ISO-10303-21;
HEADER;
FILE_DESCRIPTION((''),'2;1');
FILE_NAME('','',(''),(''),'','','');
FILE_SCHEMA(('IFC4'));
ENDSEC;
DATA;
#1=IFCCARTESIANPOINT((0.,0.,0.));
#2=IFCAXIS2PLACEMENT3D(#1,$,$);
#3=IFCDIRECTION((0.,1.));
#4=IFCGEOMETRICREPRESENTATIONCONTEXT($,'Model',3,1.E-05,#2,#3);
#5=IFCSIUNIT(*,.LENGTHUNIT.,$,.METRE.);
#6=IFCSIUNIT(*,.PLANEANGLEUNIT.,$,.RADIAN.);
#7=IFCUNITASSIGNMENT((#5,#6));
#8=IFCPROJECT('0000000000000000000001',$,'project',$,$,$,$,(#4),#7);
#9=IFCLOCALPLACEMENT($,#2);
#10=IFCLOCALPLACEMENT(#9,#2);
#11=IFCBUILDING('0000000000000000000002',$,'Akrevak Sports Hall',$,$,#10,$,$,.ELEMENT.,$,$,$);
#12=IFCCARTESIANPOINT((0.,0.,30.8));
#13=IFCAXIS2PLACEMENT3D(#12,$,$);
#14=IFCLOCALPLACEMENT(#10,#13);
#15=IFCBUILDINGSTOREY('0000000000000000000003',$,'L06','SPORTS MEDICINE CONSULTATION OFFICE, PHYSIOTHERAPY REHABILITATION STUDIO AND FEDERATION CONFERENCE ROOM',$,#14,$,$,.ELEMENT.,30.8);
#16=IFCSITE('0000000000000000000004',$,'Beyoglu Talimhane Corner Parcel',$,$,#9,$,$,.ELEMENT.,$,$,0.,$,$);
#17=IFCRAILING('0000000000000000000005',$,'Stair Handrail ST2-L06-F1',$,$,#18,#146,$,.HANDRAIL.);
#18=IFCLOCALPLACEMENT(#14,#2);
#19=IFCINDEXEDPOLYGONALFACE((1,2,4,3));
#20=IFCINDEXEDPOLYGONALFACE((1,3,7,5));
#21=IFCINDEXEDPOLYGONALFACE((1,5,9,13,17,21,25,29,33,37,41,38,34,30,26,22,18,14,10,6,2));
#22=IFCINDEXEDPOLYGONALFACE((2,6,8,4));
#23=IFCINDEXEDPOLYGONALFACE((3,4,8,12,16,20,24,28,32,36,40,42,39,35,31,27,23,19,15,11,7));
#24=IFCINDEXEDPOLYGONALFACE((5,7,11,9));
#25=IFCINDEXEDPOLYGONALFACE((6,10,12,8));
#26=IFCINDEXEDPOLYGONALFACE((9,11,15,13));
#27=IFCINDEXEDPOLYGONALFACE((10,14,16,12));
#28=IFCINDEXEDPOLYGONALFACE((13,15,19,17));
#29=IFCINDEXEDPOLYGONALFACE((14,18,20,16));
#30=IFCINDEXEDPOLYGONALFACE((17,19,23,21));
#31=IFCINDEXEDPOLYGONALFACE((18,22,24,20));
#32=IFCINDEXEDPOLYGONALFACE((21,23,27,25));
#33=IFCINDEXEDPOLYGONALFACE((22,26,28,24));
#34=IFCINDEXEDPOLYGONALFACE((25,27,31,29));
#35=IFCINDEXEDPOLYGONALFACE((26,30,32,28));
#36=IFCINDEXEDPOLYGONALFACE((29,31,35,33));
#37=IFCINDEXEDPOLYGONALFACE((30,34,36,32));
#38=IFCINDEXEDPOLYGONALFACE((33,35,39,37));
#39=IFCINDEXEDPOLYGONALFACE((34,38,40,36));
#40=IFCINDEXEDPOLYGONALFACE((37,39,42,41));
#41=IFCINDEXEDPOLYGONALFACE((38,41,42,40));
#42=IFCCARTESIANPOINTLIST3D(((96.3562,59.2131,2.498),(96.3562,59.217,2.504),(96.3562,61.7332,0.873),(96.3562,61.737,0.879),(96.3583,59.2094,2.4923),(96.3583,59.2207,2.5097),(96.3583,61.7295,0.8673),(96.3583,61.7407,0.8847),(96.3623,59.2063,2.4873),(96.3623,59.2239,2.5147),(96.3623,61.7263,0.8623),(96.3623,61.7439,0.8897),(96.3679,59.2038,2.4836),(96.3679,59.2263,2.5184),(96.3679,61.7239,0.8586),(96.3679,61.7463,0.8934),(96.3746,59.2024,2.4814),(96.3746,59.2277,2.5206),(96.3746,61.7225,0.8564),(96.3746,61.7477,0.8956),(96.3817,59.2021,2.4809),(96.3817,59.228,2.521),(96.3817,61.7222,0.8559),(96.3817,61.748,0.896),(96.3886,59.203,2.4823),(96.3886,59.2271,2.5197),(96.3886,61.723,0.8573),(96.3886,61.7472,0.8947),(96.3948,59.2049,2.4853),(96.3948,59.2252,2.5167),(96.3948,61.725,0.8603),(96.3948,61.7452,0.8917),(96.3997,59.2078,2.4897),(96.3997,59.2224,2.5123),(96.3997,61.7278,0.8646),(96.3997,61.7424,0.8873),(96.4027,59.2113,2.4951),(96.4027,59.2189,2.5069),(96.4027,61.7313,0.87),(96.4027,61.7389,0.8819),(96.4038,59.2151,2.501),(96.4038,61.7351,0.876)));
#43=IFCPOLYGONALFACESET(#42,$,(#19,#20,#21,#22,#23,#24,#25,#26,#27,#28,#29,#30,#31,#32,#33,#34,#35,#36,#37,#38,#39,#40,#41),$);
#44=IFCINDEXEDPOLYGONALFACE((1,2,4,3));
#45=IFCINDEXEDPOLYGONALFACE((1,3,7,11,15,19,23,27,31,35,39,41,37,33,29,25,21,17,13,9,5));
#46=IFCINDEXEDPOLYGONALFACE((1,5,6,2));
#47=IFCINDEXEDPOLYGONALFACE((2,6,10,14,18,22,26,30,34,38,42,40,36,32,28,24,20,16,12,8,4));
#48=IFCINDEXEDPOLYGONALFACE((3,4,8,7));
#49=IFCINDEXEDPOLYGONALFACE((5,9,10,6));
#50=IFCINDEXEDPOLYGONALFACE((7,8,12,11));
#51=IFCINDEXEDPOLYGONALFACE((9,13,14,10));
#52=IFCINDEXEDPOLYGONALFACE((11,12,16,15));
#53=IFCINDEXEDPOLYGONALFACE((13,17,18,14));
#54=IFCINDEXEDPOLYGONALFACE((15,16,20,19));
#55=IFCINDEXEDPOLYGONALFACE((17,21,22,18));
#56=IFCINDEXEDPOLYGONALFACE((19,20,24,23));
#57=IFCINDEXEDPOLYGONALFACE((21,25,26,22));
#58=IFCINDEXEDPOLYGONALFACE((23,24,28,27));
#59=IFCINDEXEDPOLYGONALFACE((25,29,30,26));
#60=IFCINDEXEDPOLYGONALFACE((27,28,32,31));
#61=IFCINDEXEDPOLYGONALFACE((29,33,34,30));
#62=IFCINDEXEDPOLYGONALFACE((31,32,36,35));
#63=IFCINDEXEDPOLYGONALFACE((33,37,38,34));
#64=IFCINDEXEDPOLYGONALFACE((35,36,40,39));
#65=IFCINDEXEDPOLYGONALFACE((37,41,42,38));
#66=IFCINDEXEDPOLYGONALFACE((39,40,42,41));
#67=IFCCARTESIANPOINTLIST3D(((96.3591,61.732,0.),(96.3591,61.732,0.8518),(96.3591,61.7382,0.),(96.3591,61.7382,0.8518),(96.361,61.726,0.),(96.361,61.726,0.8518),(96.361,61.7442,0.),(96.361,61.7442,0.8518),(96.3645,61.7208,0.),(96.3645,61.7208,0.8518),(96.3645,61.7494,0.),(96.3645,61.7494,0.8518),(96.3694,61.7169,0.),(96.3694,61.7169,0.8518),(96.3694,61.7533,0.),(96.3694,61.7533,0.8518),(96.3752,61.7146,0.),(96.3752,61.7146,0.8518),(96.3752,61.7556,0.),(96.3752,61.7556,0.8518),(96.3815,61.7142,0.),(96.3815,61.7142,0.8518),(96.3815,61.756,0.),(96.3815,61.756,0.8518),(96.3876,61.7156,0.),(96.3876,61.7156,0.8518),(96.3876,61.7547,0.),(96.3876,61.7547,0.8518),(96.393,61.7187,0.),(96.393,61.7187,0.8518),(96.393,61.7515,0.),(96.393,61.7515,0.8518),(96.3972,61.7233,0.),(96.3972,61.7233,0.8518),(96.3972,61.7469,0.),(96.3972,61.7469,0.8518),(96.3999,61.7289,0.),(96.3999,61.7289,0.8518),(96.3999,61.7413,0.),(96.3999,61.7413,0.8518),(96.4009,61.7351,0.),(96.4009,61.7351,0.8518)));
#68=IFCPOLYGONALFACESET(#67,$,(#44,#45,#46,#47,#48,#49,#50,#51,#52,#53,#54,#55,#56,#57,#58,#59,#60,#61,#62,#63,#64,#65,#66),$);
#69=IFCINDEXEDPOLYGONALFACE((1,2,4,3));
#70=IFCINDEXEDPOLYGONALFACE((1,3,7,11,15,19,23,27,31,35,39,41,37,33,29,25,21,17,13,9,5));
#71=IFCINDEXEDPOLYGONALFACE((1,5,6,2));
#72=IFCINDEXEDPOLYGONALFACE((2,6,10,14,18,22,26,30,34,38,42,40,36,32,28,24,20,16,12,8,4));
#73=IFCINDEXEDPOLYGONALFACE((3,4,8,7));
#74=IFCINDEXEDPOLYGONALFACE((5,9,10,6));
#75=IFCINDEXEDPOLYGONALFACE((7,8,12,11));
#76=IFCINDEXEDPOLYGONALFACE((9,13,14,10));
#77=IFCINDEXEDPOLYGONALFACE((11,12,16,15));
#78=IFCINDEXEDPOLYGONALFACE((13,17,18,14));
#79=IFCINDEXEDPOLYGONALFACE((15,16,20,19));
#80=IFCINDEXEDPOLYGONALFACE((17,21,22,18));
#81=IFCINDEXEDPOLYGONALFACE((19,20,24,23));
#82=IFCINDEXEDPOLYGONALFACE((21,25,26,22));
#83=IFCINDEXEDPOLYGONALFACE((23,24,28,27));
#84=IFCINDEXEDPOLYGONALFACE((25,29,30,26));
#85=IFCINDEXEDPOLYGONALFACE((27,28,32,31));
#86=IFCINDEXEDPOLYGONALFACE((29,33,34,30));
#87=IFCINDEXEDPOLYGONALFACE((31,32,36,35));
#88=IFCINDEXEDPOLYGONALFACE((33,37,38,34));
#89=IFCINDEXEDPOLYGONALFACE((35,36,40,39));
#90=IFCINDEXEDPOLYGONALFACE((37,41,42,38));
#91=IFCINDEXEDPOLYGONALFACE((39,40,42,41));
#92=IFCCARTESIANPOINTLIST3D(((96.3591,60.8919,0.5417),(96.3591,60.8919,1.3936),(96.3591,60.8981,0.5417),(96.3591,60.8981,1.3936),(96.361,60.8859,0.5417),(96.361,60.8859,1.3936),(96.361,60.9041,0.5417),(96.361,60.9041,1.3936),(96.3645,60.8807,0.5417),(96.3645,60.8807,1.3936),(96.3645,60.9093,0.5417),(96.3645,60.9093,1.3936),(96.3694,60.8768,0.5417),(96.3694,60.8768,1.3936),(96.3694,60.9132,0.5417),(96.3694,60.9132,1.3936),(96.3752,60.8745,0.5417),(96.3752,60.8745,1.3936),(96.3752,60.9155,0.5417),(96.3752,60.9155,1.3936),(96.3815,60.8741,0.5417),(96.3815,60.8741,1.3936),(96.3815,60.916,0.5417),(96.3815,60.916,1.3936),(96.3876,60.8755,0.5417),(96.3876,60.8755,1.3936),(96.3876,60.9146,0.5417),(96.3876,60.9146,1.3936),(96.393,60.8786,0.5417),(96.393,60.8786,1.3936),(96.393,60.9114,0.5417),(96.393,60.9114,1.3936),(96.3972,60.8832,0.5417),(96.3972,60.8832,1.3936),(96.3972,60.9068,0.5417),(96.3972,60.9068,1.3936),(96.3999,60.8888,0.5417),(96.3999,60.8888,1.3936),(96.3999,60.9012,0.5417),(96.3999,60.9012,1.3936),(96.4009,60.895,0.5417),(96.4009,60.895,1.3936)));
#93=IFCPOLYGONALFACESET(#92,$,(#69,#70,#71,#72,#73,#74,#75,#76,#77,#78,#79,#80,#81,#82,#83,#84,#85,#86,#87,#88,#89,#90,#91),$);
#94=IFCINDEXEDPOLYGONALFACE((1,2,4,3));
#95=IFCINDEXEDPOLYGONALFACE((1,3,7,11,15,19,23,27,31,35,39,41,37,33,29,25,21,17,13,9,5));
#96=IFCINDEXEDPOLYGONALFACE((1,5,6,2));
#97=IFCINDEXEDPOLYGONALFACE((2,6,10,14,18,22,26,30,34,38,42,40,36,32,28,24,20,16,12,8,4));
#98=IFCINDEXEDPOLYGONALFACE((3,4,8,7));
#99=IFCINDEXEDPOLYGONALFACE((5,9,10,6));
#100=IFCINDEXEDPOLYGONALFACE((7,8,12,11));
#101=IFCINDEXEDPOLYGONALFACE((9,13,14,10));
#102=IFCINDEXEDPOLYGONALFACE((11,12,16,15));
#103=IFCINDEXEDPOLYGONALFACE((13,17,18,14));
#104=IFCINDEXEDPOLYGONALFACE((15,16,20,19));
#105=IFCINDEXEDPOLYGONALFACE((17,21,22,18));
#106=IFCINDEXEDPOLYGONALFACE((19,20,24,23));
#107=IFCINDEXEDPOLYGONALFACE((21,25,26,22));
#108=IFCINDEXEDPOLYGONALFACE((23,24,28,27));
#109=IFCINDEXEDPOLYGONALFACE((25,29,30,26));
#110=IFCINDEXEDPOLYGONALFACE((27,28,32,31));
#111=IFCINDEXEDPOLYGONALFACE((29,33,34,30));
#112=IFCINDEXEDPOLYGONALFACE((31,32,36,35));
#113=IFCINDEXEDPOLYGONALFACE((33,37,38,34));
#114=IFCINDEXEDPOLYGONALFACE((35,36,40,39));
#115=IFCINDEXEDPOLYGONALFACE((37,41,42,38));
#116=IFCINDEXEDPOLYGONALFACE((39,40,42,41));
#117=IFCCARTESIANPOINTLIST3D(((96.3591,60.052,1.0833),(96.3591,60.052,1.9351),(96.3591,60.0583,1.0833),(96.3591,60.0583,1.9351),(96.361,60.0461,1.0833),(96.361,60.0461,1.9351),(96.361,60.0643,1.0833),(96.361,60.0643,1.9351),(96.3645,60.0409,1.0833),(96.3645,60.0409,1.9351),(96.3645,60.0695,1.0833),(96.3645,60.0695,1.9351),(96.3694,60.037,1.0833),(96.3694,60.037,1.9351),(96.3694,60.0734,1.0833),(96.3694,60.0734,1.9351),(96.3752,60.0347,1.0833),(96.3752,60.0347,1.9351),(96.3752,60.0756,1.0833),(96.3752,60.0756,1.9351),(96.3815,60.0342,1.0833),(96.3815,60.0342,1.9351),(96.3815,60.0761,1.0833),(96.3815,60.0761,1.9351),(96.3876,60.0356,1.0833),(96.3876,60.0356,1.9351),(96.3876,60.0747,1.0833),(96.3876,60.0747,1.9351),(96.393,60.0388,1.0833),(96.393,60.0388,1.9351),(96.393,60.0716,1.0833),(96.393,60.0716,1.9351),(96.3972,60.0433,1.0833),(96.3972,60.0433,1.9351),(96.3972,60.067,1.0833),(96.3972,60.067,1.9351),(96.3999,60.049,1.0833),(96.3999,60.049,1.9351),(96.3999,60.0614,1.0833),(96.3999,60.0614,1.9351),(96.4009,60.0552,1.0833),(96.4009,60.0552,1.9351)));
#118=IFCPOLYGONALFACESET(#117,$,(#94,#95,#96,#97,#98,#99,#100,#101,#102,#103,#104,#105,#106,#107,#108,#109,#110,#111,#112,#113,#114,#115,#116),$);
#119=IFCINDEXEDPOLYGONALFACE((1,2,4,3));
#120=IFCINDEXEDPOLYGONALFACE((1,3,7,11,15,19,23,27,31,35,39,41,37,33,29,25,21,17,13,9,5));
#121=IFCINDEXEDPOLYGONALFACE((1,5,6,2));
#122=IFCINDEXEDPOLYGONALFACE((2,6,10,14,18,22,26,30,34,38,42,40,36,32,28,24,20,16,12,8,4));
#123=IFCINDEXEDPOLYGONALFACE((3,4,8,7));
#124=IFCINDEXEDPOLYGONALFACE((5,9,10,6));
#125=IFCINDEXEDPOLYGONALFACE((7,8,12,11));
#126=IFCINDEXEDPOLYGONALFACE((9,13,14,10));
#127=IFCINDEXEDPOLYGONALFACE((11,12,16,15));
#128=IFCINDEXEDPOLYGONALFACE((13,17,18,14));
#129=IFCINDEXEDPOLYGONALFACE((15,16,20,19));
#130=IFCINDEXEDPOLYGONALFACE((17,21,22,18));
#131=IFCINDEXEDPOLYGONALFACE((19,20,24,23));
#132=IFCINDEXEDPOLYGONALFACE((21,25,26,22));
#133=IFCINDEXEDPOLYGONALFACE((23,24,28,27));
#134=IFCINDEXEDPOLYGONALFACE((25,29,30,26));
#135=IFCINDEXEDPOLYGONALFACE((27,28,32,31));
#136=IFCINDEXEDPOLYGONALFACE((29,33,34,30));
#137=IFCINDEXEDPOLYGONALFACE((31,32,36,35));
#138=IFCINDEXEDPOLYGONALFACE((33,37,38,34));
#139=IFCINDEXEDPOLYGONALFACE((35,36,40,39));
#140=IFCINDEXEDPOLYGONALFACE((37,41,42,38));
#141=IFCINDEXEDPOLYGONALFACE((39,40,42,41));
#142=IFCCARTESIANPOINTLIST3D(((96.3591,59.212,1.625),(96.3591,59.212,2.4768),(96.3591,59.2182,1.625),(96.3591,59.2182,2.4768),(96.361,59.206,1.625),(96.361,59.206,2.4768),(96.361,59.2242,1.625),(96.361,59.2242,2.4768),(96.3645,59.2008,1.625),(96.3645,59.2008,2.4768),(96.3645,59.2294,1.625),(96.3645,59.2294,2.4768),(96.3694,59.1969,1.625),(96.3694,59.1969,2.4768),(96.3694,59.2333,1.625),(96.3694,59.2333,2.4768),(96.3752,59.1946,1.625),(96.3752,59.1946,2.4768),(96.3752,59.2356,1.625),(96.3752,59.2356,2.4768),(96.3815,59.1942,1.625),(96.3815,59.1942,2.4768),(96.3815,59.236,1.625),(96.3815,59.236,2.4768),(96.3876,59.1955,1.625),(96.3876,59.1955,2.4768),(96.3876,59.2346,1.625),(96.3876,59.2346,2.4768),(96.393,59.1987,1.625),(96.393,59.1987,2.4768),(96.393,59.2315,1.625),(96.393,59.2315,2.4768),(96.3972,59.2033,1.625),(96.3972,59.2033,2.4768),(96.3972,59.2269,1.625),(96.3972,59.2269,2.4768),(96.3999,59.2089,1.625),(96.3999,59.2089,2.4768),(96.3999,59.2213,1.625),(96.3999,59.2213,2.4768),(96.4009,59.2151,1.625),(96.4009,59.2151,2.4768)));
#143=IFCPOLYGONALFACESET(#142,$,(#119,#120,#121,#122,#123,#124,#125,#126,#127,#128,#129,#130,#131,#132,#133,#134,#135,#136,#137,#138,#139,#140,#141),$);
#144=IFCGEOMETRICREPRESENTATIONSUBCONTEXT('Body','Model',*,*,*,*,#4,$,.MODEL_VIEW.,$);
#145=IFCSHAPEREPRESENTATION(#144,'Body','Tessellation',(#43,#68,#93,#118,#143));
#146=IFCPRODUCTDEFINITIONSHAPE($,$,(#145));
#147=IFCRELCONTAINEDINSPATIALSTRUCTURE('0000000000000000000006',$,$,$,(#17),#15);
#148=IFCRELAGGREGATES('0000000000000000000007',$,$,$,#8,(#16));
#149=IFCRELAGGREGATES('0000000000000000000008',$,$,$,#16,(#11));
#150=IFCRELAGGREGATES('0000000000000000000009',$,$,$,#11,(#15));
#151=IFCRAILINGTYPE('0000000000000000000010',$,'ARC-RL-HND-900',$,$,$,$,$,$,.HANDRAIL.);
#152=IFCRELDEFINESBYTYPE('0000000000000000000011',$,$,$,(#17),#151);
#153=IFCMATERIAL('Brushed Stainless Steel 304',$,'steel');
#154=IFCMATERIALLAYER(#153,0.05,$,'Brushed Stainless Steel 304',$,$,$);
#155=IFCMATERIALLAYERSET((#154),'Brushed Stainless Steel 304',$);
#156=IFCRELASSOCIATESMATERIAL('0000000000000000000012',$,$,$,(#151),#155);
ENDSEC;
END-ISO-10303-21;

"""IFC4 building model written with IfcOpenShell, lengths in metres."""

from ifc_helpers import new_model, si_unit, direction, frame, origin, origin_2d, place, context, subcontext, project, spatial, circle, extrude, material, layer, layer_set, type_object, element, save


model = new_model("IFC4")

# Units and contexts
model_context = context("Model", 3, precision=1e-05, world=origin(), true_north=direction((0.0, 1.0)))
body_context = subcontext(model_context, "Body", "Model", "MODEL_VIEW")
ifc_project = project(units=[si_unit("LENGTHUNIT", "METRE"), si_unit("PLANEANGLEUNIT", "RADIAN")], contexts=[model_context])

# Site, building, storey
site_placement = place(None, origin())
site = spatial("IfcSite", under=ifc_project, at=site_placement, Name="Beyoglu Talimhane Corner Parcel", CompositionType="ELEMENT", RefElevation=0.0)
building_placement = place(site_placement, origin())
building = spatial("IfcBuilding", under=site, at=building_placement, Name="Akrevak Sports Hall", CompositionType="ELEMENT")
storey_placement = place(building_placement, frame((0.0, 0.0, 30.8)))
storey = spatial("IfcBuildingStorey", under=building, at=storey_placement, Name="L06", Description="SPORTS MEDICINE CONSULTATION OFFICE, PHYSIOTHERAPY REHABILITATION STUDIO AND FEDERATION CONFERENCE ROOM", CompositionType="ELEMENT", Elevation=30.8)

# Shared definitions
ifc_material_1 = material(Name="Brushed Stainless Steel 304", Category="steel")

# Railing
ifc_layer_1 = layer(ifc_material_1, 0.05, Name="Brushed Stainless Steel 304")
ifc_layer_set_1 = layer_set([ifc_layer_1], Name="Brushed Stainless Steel 304")
railing_type_1 = type_object("IfcRailingType", Name="ARC-RL-HND-900", PredefinedType="HANDRAIL", material=ifc_layer_set_1)
railing_1_placement = place(storey_placement, frame((96.3799, 61.7351, 0.0)))
element("IfcRailing", 1, at=railing_1_placement, inside=storey, type_object=railing_type_1, Name="Stair Handrail ST2-L06-F1", PredefinedType="HANDRAIL", context=body_context, shape_type="SweptSolid", body=[
    extrude(circle(Radius=0.0239, at=origin_2d()), frame((0.0, 0.0, 0.876), z_axis=(0.0, -0.840421, 0.541934), x_axis=(1.0, 0.0, 0.0)), (0.0, 0.0, 1.0), 2.9985),
    extrude(circle(Radius=0.021, at=origin_2d()), origin(), (0.0, 0.0, 1.0), 0.8518),
    extrude(circle(Radius=0.021, at=origin_2d()), frame((0.0, -0.8401, 0.5417)), (0.0, 0.0, 1.0), 0.8518),
    extrude(circle(Radius=0.021, at=origin_2d()), frame((0.0, -1.6799, 1.0833)), (0.0, 0.0, 1.0), 0.8518),
    extrude(circle(Radius=0.021, at=origin_2d()), frame((0.0, -2.52, 1.625)), (0.0, 0.0, 1.0), 0.8518),
])

save(model, "model.ifc")
